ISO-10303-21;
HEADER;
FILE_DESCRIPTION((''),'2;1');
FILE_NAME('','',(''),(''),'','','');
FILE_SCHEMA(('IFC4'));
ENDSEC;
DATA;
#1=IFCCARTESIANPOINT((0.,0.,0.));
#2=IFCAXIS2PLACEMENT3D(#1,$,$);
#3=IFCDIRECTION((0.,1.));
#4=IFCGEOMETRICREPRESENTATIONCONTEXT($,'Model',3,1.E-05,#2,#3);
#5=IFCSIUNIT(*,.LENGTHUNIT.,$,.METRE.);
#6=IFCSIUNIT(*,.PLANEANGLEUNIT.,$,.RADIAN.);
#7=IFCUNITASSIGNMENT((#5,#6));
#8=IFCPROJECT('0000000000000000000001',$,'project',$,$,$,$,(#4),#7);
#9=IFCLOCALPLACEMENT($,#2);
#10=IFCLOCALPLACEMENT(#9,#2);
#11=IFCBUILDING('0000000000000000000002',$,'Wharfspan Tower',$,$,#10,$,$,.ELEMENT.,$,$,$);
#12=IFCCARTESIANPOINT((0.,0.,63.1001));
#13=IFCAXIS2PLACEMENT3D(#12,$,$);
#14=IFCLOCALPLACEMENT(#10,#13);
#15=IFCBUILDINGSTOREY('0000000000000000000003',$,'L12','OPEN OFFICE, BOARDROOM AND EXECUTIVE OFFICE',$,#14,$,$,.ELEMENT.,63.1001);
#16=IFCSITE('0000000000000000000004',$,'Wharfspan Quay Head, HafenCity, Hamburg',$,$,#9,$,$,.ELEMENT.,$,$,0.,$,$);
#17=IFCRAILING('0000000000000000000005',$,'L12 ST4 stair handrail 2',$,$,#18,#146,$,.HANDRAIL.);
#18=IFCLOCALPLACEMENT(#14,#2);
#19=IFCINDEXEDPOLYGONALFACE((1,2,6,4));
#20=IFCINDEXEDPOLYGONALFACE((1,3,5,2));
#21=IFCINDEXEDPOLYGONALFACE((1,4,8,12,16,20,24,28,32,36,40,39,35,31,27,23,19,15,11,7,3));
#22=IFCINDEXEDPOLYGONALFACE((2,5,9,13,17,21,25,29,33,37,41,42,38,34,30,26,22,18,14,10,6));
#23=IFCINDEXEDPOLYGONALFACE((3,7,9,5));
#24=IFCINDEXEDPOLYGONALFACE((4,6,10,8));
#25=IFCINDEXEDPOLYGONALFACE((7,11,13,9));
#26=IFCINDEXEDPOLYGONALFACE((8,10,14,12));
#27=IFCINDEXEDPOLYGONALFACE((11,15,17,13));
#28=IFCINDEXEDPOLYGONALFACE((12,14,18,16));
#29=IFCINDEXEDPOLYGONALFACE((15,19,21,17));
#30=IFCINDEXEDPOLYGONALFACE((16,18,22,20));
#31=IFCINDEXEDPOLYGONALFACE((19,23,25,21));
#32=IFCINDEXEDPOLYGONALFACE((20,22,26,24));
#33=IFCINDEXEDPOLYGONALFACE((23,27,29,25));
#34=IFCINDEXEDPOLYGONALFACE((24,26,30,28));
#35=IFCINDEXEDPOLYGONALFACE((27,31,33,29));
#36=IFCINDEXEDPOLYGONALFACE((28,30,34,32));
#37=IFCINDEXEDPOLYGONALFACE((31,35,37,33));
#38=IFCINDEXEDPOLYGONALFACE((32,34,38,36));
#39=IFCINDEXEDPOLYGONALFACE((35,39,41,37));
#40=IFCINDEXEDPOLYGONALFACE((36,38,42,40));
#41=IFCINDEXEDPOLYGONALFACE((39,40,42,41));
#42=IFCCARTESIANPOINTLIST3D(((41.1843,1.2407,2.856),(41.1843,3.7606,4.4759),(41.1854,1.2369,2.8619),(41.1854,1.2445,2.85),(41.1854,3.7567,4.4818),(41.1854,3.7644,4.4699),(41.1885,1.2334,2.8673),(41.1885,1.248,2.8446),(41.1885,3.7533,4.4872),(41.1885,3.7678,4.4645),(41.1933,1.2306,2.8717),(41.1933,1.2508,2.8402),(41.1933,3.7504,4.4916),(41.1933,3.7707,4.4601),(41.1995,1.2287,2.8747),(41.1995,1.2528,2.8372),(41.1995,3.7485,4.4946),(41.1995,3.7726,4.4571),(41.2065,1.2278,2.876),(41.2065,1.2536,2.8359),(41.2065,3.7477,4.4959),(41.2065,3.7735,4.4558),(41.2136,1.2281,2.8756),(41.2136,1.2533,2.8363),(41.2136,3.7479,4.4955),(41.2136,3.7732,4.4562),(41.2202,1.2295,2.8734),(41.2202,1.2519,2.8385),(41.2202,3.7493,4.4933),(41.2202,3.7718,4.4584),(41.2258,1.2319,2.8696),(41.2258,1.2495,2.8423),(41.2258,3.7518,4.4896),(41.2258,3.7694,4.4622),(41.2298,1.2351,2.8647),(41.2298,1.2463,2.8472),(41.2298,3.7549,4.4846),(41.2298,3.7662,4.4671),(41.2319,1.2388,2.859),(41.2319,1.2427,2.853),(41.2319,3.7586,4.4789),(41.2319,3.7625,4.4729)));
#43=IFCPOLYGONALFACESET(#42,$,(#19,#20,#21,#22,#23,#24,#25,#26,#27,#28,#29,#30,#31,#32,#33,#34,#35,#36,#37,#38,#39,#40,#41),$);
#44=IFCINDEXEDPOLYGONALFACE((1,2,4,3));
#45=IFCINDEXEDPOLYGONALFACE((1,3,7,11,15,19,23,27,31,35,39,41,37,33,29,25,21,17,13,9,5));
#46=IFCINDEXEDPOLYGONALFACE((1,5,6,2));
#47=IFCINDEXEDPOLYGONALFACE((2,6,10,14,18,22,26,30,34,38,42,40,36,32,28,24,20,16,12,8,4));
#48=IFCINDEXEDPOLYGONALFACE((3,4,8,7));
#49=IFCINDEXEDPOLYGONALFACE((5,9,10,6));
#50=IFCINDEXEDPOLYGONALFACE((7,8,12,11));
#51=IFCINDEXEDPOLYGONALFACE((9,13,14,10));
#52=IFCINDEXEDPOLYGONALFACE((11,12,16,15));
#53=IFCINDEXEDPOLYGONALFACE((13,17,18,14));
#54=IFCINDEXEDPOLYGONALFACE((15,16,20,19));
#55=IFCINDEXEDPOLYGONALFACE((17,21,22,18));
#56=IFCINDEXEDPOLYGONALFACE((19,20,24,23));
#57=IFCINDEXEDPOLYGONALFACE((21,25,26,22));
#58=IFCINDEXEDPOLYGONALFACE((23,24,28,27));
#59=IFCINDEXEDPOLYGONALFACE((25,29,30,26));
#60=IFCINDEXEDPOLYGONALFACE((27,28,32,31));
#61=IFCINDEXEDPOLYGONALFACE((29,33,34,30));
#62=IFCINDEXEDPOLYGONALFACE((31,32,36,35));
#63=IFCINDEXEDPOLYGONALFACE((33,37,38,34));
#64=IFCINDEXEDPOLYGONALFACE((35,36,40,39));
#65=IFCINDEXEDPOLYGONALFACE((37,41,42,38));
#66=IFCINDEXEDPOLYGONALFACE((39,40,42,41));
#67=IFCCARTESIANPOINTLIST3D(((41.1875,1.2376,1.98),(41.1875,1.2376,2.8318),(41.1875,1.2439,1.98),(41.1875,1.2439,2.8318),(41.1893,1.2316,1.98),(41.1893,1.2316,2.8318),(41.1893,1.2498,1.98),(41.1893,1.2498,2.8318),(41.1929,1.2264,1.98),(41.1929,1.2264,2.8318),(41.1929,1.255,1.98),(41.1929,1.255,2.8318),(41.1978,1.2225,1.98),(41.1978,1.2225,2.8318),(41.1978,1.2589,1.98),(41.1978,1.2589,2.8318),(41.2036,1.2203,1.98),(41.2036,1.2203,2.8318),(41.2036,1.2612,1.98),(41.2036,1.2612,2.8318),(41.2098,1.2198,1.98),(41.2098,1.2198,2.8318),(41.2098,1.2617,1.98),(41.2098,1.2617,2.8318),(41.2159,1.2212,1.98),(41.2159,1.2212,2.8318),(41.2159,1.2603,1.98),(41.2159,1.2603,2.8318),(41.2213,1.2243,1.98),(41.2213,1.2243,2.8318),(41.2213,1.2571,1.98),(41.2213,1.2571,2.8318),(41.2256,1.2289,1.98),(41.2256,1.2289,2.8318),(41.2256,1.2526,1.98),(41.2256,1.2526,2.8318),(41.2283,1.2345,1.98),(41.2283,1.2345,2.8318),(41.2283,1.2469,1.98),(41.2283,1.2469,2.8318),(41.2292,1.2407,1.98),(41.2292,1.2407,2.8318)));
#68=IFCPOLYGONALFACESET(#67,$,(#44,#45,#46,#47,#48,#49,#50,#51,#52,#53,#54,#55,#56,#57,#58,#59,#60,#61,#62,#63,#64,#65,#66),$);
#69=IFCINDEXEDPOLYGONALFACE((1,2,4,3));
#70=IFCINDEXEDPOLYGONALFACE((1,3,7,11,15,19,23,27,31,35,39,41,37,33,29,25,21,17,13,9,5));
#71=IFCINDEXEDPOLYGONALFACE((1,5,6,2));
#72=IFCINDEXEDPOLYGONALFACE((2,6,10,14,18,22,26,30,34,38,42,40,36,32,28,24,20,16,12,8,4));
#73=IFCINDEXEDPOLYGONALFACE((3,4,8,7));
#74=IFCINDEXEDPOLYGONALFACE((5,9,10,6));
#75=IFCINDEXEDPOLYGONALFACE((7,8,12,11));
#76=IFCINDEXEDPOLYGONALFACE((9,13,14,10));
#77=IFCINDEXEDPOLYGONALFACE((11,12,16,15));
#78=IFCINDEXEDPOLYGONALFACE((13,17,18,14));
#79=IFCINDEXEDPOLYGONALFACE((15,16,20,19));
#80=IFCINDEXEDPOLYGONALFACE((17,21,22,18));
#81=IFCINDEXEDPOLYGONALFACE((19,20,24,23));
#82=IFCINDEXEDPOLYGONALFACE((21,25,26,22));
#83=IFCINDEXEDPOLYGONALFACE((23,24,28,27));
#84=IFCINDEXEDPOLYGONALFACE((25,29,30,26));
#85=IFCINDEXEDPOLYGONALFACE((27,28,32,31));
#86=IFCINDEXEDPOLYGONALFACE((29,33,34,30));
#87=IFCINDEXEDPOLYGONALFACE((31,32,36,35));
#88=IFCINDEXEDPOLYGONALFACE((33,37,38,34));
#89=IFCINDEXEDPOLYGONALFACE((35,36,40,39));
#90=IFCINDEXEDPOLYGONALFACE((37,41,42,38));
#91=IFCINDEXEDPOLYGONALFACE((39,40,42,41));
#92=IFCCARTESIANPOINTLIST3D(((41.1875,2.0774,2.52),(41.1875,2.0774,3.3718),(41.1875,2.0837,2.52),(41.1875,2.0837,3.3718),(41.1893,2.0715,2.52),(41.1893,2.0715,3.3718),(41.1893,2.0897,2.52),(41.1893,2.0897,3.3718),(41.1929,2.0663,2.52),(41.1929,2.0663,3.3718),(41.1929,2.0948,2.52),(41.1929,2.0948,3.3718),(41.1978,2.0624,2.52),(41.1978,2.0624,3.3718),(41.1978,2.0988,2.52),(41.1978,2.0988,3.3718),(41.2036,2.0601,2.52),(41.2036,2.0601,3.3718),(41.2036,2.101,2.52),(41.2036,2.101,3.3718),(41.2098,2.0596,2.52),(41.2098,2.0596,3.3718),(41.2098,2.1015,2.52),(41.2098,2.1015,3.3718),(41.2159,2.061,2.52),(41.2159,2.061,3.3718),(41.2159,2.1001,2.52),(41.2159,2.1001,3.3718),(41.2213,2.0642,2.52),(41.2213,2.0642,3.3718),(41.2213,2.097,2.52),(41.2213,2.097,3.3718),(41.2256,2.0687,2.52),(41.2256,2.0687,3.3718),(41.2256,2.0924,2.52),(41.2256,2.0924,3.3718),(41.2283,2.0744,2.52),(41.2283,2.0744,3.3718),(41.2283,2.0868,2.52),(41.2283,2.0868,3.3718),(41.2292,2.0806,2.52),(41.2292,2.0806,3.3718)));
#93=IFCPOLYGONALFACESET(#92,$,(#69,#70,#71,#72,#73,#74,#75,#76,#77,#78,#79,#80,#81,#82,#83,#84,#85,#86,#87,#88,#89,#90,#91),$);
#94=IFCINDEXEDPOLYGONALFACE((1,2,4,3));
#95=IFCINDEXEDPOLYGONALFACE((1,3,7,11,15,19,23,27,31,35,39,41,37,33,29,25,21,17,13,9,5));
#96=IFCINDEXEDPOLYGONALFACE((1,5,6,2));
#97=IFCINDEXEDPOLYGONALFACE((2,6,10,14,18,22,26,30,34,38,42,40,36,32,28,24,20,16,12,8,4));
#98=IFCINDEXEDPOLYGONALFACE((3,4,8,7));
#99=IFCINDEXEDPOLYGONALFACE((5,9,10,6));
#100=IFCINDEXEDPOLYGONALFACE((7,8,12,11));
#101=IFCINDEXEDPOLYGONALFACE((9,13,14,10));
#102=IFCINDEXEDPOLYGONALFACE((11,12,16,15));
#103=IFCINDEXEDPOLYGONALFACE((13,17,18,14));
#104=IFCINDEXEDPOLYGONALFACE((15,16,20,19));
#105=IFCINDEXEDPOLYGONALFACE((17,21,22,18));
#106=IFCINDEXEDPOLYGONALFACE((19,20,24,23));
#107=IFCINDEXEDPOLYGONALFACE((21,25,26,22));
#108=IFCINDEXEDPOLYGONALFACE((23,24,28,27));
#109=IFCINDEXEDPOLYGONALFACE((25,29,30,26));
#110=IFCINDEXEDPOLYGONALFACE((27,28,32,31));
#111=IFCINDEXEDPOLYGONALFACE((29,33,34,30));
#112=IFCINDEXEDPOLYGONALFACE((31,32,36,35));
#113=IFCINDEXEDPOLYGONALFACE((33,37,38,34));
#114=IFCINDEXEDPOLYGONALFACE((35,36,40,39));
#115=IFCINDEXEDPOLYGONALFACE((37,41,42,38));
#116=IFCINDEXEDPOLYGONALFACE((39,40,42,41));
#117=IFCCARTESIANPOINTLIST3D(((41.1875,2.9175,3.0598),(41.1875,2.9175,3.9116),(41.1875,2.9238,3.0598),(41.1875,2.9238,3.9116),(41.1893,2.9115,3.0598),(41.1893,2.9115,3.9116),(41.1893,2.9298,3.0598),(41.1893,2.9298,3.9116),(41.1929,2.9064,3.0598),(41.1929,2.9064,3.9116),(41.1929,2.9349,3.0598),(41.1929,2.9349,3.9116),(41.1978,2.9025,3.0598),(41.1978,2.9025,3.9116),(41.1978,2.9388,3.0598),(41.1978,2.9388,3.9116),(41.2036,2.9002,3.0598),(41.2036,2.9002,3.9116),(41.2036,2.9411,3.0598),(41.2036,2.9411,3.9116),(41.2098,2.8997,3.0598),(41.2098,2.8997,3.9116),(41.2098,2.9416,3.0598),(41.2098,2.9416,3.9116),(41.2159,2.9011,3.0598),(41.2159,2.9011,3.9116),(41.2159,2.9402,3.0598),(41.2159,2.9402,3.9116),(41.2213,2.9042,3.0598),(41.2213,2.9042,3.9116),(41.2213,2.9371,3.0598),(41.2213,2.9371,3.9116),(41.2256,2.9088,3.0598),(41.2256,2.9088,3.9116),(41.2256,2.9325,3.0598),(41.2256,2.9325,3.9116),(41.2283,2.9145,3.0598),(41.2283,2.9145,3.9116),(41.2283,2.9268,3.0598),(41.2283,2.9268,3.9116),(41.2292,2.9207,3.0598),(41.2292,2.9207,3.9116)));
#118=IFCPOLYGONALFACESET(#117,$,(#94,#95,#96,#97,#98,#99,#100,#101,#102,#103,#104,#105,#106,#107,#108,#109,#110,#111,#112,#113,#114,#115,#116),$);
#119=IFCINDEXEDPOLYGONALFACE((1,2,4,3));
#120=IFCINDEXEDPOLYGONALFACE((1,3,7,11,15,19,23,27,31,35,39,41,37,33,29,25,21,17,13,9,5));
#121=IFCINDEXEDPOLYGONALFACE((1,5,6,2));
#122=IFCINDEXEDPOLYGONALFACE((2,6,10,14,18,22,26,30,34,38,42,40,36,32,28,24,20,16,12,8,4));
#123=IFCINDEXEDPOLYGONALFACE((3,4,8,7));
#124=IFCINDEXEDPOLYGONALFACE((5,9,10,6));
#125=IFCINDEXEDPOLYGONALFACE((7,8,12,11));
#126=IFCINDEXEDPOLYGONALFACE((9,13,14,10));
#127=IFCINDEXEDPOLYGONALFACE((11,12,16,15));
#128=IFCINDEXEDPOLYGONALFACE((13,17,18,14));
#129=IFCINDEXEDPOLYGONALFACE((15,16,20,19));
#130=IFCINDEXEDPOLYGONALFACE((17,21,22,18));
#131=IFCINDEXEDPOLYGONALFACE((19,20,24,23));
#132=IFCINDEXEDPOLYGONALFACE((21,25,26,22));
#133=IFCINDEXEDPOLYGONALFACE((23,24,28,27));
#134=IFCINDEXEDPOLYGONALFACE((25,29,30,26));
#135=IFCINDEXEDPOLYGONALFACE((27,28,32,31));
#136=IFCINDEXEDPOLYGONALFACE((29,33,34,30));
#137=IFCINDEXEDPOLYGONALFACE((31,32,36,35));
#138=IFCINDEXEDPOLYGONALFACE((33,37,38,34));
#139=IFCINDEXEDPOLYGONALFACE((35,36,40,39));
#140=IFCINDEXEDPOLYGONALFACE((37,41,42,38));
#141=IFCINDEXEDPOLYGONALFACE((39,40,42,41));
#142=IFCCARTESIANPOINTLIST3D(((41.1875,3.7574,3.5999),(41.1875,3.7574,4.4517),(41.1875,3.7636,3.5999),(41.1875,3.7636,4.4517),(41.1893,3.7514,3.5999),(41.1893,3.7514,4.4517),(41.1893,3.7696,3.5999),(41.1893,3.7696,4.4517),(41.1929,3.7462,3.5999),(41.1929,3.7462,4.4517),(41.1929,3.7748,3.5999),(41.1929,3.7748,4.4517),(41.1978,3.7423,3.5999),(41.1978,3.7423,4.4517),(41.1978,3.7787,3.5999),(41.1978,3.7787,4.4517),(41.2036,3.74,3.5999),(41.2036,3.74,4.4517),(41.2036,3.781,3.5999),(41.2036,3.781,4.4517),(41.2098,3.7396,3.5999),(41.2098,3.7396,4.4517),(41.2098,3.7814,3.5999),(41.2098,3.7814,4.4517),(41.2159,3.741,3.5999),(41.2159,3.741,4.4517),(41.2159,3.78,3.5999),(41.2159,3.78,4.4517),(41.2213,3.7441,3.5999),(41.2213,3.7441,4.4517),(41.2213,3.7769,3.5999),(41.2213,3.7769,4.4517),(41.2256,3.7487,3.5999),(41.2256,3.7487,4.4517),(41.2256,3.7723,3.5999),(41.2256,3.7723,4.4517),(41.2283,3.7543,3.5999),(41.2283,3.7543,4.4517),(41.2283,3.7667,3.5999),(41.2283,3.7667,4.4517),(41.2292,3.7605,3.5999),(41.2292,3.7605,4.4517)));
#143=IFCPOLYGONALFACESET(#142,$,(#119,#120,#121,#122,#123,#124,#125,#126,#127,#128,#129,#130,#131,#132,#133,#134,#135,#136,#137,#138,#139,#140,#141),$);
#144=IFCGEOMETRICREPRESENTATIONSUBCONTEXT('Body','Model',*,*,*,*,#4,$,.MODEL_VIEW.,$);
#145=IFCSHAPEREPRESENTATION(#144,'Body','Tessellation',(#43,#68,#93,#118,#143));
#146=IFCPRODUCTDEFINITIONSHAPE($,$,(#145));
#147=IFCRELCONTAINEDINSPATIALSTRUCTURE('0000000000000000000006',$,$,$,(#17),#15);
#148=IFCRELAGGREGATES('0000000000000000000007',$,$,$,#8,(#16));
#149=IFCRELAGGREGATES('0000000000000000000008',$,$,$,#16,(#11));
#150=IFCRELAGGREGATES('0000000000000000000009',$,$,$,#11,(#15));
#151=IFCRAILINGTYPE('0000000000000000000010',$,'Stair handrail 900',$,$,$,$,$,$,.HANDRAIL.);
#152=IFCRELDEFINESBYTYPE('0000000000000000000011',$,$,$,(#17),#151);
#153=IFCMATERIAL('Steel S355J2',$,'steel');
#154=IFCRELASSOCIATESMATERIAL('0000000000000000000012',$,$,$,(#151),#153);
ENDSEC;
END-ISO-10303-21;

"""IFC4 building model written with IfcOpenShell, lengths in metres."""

from ifc_helpers import new_model, si_unit, direction, frame, origin, origin_2d, place, context, subcontext, project, spatial, circle, extrude, material, type_object, element, save


model = new_model("IFC4")

# Units and contexts
model_context = context("Model", 3, precision=1e-05, world=origin(), true_north=direction((0.0, 1.0)))
body_context = subcontext(model_context, "Body", "Model", "MODEL_VIEW")
ifc_project = project(units=[si_unit("LENGTHUNIT", "METRE"), si_unit("PLANEANGLEUNIT", "RADIAN")], contexts=[model_context])

# Site, building, storey
site_placement = place(None, origin())
site = spatial("IfcSite", under=ifc_project, at=site_placement, Name="Wharfspan Quay Head, HafenCity, Hamburg", CompositionType="ELEMENT", RefElevation=0.0)
building_placement = place(site_placement, origin())
building = spatial("IfcBuilding", under=site, at=building_placement, Name="Wharfspan Tower", CompositionType="ELEMENT")
storey_placement = place(building_placement, frame((0.0, 0.0, 63.1001)))
storey = spatial("IfcBuildingStorey", under=building, at=storey_placement, Name="L12", Description="OPEN OFFICE, BOARDROOM AND EXECUTIVE OFFICE", CompositionType="ELEMENT", Elevation=63.1001)

# Shared definitions
ifc_material_1 = material(Name="Steel S355J2", Category="steel")

# Railing
railing_type_1 = type_object("IfcRailingType", Name="Stair handrail 900", PredefinedType="HANDRAIL", material=ifc_material_1)
railing_1_placement = place(storey_placement, frame((41.2083, 1.2407, 1.98)))
element("IfcRailing", 1, at=railing_1_placement, inside=storey, type_object=railing_type_1, Name="L12 ST4 stair handrail 2", PredefinedType="HANDRAIL", context=body_context, shape_type="SweptSolid", body=[
    extrude(circle(Radius=0.0239, at=origin_2d()), frame((0.0, 0.0, 0.876), z_axis=(0.0, 0.841176, 0.540762), x_axis=(-1.0, 0.0, 0.0)), (0.0, 0.0, 1.0), 2.9956),
    extrude(circle(Radius=0.021, at=origin_2d()), origin(), (0.0, 0.0, 1.0), 0.8518),
    extrude(circle(Radius=0.021, at=origin_2d()), frame((0.0, 0.8398, 0.54)), (0.0, 0.0, 1.0), 0.8518),
    extrude(circle(Radius=0.021, at=origin_2d()), frame((0.0, 1.6799, 1.0798)), (0.0, 0.0, 1.0), 0.8518),
    extrude(circle(Radius=0.021, at=origin_2d()), frame((0.0, 2.5198, 1.6199)), (0.0, 0.0, 1.0), 0.8518),
])

save(model, "model.ifc")
